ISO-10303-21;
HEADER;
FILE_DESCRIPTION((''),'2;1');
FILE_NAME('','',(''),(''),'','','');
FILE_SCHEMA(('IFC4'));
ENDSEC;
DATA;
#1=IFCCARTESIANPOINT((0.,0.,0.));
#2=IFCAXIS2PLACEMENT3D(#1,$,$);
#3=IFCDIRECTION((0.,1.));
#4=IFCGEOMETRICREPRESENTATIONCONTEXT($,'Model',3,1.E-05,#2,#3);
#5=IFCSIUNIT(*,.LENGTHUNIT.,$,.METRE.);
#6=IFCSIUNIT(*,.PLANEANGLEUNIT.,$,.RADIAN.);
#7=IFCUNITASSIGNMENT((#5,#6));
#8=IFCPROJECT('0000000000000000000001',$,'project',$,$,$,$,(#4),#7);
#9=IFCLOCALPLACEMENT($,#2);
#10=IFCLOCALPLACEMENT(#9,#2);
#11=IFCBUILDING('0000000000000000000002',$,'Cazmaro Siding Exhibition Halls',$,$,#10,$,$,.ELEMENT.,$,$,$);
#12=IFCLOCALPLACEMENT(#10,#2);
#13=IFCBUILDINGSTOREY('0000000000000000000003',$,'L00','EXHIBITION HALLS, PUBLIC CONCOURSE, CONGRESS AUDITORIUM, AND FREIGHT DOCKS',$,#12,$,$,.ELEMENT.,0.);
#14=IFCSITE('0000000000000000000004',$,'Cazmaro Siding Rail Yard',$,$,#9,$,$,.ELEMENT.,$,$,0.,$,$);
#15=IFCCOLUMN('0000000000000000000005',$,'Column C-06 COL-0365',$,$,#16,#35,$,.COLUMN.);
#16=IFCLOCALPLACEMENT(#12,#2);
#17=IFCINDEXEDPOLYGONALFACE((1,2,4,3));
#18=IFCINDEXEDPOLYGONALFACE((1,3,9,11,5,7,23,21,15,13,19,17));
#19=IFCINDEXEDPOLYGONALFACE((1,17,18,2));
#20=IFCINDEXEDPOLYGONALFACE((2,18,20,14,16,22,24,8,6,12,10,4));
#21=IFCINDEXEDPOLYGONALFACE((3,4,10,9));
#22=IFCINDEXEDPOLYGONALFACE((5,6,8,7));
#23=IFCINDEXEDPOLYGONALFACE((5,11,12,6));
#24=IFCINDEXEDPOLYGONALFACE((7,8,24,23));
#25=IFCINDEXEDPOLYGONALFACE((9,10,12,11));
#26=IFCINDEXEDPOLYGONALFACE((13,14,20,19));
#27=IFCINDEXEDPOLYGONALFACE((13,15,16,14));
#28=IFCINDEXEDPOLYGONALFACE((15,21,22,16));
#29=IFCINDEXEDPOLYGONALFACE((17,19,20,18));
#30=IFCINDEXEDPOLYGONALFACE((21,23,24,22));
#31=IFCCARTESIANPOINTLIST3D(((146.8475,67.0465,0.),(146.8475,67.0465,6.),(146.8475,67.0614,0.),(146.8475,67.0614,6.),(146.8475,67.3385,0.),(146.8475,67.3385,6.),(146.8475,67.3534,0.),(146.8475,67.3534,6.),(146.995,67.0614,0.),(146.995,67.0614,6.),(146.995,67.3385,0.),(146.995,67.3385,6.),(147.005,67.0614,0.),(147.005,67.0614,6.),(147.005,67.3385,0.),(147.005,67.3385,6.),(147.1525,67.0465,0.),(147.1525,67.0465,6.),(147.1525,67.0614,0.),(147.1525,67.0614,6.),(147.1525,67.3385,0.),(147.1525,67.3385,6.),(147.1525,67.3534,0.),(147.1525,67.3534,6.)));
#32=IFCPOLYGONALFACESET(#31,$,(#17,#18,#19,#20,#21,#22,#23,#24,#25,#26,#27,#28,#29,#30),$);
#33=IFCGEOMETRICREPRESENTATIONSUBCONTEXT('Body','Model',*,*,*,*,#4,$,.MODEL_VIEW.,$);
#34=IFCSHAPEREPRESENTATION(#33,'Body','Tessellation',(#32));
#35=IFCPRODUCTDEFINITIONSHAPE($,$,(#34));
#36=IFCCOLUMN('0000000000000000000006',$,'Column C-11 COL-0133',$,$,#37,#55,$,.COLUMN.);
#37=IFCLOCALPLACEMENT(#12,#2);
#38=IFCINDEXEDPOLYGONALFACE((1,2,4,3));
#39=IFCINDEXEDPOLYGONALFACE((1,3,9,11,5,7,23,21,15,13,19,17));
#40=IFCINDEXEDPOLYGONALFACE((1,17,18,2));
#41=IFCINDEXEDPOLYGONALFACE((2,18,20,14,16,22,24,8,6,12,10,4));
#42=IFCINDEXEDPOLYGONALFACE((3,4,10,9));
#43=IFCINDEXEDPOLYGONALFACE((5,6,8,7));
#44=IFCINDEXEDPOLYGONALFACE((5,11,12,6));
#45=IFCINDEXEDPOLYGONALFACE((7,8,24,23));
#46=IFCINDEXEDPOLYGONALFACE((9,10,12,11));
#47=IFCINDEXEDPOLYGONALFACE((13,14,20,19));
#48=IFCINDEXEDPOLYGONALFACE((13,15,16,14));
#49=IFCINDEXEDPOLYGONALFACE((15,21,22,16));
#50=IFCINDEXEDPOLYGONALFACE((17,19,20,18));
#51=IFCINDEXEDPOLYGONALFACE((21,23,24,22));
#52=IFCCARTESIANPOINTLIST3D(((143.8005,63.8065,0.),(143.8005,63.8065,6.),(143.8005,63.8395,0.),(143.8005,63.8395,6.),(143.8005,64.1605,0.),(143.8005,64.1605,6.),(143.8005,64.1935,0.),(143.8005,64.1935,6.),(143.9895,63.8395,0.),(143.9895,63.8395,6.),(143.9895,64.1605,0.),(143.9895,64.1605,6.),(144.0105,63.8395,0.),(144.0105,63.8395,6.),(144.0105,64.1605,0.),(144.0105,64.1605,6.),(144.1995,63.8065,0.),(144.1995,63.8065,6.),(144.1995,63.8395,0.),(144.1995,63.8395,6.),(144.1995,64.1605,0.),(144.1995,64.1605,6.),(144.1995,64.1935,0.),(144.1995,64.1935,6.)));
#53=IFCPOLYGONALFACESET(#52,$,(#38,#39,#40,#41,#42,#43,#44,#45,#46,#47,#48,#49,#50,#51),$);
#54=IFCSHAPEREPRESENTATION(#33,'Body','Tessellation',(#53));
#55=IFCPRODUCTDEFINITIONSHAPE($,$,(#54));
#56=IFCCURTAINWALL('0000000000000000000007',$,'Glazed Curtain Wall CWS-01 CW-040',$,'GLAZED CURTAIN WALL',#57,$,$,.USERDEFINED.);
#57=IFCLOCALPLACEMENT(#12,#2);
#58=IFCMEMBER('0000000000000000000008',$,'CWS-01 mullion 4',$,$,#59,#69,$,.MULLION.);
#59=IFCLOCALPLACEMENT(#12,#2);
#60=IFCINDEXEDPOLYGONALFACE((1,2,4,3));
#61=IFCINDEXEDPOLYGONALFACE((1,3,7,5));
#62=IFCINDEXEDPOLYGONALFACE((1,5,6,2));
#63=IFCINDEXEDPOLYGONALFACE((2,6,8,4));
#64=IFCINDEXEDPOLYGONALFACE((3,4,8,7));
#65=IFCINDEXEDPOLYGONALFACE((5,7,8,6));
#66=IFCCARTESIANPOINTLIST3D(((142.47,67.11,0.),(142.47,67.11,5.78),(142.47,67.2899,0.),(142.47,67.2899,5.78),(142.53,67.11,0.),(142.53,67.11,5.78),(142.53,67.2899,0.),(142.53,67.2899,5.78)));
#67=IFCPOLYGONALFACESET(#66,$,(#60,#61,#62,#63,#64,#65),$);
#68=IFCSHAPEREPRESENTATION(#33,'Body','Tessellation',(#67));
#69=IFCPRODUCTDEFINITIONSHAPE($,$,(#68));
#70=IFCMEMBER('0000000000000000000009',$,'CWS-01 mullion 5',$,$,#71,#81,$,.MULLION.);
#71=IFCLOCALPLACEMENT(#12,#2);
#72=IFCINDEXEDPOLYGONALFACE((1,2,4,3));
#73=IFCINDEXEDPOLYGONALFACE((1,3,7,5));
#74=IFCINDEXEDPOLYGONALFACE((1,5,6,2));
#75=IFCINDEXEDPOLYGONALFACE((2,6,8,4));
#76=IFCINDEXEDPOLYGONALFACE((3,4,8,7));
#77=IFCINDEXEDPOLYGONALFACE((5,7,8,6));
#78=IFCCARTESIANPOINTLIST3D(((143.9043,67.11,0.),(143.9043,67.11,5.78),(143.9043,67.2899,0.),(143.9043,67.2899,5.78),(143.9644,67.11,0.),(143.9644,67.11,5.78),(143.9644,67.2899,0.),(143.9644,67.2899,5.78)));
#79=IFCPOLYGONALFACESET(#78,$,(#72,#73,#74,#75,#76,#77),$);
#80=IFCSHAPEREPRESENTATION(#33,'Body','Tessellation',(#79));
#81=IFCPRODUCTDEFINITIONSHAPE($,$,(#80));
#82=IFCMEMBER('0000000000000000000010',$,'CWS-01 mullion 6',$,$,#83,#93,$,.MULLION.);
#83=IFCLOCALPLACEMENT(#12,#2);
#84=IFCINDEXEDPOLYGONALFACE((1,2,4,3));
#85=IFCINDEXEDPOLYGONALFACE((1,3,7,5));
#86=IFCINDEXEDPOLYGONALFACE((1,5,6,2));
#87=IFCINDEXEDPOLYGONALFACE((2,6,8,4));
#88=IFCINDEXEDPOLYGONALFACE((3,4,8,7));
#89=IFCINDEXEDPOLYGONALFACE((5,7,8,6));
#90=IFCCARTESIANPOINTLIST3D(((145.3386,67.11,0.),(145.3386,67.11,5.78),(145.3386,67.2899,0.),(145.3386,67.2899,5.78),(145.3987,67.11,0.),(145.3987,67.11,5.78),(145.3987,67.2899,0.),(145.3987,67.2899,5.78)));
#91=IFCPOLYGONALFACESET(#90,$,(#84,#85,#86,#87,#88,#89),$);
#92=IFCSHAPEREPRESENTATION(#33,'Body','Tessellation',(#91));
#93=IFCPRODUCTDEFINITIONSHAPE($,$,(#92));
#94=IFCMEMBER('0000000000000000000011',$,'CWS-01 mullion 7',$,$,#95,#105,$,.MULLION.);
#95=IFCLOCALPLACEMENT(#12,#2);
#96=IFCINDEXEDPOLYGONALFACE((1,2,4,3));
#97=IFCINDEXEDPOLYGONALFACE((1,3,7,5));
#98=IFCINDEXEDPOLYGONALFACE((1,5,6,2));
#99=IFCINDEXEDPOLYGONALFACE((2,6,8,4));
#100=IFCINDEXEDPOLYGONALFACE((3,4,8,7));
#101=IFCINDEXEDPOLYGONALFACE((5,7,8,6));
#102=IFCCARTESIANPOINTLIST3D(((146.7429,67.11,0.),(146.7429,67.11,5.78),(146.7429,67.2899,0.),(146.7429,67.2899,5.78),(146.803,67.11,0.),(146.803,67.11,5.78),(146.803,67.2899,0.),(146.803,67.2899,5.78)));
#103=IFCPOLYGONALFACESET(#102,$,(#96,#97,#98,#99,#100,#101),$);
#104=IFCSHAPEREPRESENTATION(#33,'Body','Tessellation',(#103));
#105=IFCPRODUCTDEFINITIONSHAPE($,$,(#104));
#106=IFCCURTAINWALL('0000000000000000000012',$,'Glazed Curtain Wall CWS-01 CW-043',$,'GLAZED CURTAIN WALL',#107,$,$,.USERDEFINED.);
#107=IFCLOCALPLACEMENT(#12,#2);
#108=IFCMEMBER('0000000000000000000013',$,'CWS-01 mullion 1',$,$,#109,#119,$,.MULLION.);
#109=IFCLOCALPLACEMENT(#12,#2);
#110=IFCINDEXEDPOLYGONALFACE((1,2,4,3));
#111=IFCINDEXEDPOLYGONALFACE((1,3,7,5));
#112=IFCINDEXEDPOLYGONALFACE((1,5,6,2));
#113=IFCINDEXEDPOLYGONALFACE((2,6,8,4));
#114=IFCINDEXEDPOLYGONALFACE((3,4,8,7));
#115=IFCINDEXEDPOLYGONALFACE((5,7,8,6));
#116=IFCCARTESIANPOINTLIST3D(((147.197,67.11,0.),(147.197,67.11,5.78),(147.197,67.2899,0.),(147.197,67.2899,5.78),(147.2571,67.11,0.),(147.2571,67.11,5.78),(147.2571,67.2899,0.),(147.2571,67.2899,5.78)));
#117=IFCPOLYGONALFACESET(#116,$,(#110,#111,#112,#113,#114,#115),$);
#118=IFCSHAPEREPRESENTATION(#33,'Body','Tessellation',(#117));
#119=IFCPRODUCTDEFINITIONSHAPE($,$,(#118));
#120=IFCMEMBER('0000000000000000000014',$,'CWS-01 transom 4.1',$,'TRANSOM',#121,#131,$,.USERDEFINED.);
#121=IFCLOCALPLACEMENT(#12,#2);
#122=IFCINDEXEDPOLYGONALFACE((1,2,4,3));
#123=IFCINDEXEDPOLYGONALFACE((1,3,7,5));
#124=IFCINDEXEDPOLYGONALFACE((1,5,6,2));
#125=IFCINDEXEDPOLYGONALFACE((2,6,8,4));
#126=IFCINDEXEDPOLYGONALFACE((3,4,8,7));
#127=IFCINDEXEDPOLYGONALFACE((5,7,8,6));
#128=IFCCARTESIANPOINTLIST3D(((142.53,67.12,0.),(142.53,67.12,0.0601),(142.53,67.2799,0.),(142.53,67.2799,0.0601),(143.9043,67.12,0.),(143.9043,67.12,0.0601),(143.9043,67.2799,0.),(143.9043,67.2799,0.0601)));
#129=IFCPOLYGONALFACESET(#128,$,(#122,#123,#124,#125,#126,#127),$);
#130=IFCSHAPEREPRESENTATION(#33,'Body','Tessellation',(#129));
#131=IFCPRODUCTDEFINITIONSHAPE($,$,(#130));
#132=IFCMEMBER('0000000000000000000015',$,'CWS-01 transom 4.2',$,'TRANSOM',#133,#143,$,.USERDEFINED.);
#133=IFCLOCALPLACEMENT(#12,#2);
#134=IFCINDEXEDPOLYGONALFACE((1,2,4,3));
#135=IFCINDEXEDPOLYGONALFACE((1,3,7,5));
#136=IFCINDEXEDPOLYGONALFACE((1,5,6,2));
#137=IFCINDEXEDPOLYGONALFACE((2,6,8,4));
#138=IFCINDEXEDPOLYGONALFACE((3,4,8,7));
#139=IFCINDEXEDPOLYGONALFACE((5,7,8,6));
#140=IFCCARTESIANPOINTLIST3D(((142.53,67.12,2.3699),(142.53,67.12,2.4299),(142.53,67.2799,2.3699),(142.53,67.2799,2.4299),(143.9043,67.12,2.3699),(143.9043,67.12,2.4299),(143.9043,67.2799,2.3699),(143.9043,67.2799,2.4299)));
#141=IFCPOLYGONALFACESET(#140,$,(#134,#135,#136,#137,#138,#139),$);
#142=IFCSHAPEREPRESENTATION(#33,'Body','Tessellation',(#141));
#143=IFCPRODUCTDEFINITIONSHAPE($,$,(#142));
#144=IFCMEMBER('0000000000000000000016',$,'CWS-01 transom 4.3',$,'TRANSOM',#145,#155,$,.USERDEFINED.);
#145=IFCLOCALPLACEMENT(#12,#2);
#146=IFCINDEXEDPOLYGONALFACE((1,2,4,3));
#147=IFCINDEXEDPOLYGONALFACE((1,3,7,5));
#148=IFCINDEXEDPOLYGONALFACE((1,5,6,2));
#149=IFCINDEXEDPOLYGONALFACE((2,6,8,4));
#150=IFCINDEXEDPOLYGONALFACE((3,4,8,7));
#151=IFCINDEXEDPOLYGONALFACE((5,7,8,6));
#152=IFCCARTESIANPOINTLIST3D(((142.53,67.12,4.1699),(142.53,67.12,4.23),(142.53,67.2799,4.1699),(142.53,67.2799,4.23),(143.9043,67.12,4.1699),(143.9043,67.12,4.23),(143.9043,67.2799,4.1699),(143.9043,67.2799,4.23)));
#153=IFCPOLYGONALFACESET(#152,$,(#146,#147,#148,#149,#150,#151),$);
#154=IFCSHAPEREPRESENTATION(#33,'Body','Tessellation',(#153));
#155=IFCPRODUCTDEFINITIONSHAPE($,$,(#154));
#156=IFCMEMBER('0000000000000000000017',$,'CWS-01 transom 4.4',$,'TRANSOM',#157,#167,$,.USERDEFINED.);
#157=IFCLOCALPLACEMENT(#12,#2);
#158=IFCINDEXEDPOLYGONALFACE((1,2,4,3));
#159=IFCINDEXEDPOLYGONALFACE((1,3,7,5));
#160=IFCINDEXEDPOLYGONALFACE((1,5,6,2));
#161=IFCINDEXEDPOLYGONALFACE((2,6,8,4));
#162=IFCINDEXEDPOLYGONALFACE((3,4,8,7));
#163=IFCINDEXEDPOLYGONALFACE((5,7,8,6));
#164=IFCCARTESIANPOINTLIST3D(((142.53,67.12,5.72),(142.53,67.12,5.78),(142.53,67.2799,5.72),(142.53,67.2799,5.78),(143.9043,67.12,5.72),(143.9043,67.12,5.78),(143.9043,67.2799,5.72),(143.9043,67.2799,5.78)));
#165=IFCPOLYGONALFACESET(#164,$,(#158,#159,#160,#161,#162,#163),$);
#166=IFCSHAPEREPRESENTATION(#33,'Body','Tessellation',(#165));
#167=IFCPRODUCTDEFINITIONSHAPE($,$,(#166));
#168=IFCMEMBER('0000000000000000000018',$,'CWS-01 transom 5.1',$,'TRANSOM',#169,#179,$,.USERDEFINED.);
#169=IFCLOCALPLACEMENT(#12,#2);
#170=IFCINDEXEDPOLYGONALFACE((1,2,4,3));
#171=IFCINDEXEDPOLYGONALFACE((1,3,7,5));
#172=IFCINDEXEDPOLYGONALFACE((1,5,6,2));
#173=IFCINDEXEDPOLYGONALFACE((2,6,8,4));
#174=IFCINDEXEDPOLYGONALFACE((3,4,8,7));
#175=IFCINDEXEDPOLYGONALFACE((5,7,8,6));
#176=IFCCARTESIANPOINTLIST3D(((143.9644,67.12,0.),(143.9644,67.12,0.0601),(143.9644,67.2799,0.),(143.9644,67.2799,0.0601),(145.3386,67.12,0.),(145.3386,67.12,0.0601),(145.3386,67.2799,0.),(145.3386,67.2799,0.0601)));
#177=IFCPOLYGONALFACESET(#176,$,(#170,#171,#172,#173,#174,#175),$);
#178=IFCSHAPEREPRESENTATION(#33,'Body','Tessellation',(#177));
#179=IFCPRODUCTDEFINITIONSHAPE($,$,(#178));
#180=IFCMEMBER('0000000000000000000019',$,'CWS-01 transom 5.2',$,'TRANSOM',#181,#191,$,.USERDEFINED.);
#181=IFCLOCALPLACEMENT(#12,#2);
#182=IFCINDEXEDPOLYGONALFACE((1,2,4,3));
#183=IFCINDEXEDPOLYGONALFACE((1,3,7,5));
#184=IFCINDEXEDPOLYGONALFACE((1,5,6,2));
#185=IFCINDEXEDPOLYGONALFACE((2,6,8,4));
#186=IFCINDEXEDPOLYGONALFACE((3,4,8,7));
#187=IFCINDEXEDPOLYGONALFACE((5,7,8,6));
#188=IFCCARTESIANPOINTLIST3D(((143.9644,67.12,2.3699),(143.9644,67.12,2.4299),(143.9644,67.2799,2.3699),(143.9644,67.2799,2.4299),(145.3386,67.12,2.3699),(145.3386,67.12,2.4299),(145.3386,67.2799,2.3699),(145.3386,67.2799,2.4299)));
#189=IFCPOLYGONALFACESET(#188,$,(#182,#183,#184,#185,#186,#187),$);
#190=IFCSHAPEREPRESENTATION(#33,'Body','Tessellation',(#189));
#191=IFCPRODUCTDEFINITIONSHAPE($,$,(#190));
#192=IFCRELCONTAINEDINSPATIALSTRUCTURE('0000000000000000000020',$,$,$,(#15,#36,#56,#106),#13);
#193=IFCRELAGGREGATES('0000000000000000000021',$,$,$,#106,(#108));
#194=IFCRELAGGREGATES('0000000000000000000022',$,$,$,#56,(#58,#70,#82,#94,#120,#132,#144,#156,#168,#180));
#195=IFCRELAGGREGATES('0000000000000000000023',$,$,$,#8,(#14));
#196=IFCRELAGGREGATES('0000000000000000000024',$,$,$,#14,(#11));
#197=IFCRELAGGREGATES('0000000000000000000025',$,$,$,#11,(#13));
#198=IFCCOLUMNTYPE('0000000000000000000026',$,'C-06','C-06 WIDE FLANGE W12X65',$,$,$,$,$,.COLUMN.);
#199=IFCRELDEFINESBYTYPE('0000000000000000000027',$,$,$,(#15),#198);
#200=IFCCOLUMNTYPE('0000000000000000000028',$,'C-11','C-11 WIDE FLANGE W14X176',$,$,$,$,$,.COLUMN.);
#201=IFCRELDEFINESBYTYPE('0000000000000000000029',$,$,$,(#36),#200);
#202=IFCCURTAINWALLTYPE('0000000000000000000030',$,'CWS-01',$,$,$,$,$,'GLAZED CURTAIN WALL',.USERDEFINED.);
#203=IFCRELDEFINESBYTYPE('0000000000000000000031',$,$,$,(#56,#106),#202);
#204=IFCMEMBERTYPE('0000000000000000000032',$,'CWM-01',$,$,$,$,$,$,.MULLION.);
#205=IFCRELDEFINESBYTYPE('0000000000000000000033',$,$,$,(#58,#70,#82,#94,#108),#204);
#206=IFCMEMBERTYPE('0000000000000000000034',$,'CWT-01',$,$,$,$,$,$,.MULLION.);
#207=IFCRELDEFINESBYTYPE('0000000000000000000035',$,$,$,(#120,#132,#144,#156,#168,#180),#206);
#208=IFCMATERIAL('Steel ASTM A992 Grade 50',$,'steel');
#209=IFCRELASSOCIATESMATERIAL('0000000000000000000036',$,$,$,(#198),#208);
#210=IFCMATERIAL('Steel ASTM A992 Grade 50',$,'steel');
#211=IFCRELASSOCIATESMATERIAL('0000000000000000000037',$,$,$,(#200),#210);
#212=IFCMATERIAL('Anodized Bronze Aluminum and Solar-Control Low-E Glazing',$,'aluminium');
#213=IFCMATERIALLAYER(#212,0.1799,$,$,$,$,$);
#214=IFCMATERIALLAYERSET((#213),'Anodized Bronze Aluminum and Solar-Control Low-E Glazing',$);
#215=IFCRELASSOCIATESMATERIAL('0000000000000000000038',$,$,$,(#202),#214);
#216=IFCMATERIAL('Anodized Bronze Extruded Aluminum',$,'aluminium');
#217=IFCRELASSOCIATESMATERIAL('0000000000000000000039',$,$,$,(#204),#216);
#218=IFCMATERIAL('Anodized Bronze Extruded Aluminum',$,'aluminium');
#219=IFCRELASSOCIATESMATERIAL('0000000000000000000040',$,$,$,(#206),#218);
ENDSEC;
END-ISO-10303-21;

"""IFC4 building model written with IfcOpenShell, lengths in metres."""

from ifc_helpers import new_model, si_unit, direction, frame, origin, origin_2d, place, context, subcontext, project, spatial, rectangle, i_section, extrude, material, layer, layer_set, material_profile, profile_set, type_object, element, aggregate, save


model = new_model("IFC4")

# Units and contexts
model_context = context("Model", 3, precision=1e-05, world=origin(), true_north=direction((0.0, 1.0)))
body_context = subcontext(model_context, "Body", "Model", "MODEL_VIEW")
ifc_project = project(units=[si_unit("LENGTHUNIT", "METRE"), si_unit("PLANEANGLEUNIT", "RADIAN")], contexts=[model_context])

# Site, building, storey
site_placement = place(None, origin())
site = spatial("IfcSite", under=ifc_project, at=site_placement, Name="Cazmaro Siding Rail Yard", CompositionType="ELEMENT", RefElevation=0.0)
building_placement = place(site_placement, origin())
building = spatial("IfcBuilding", under=site, at=building_placement, Name="Cazmaro Siding Exhibition Halls", CompositionType="ELEMENT")
storey_placement = place(building_placement, origin())
storey = spatial("IfcBuildingStorey", under=building, at=storey_placement, Name="L00", Description="EXHIBITION HALLS, PUBLIC CONCOURSE, CONGRESS AUDITORIUM, AND FREIGHT DOCKS", CompositionType="ELEMENT", Elevation=0.0)

# Columns
ifc_material_1 = material(Name="Steel ASTM A992 Grade 50", Category="steel")
ifc_material_profile_1 = material_profile(ifc_material_1, i_section(OverallWidth=0.3049, OverallDepth=0.3069, WebThickness=0.01, FlangeThickness=0.0149, at=origin_2d()), Name="W12X65")
ifc_profile_set_1 = profile_set([ifc_material_profile_1], Name="Steel ASTM A992 Grade 50")
column_type_1 = type_object("IfcColumnType", Name="C-06", Description="C-06 WIDE FLANGE W12X65", PredefinedType="COLUMN", material=ifc_profile_set_1)
column_1_placement = place(storey_placement, frame((147.0, 67.2, 0.0), z_axis=(0.0, 0.0, 1.0), x_axis=(1.0, 0.0, 0.0)))
element("IfcColumn", 1, at=column_1_placement, inside=storey, type_object=column_type_1, Name="Column C-06 COL-0365", PredefinedType="COLUMN", context=body_context, shape_type="SweptSolid", body=[
    extrude(i_section(OverallWidth=0.3049, OverallDepth=0.3069, WebThickness=0.01, FlangeThickness=0.0149, at=origin_2d()), origin(), (0.0, 0.0, 1.0), 6.0),
])
ifc_material_2 = material(Name="Steel ASTM A992 Grade 50", Category="steel")
ifc_material_profile_2 = material_profile(ifc_material_2, i_section(OverallWidth=0.3989, OverallDepth=0.387, WebThickness=0.021, FlangeThickness=0.033, at=origin_2d()), Name="W14X176")
ifc_profile_set_2 = profile_set([ifc_material_profile_2], Name="Steel ASTM A992 Grade 50")
column_type_2 = type_object("IfcColumnType", Name="C-11", Description="C-11 WIDE FLANGE W14X176", PredefinedType="COLUMN", material=ifc_profile_set_2)
column_2_placement = place(storey_placement, frame((144.0, 64.0, 0.0), z_axis=(0.0, 0.0, 1.0), x_axis=(1.0, 0.0, 0.0)))
element("IfcColumn", 2, at=column_2_placement, inside=storey, type_object=column_type_2, Name="Column C-11 COL-0133", PredefinedType="COLUMN", context=body_context, shape_type="SweptSolid", body=[
    extrude(i_section(OverallWidth=0.3989, OverallDepth=0.387, WebThickness=0.021, FlangeThickness=0.033, at=origin_2d()), origin(), (0.0, 0.0, 1.0), 6.0),
])

# Curtain wall, members
ifc_material_3 = material(Name="Anodized Bronze Aluminum and Solar-Control Low-E Glazing", Category="aluminium")
ifc_layer_1 = layer(ifc_material_3, 0.1799)
ifc_layer_set_1 = layer_set([ifc_layer_1], Name="Anodized Bronze Aluminum and Solar-Control Low-E Glazing")
curtain_wall_type = type_object("IfcCurtainWallType", Name="CWS-01", ElementType="GLAZED CURTAIN WALL", PredefinedType="USERDEFINED", material=ifc_layer_set_1)
curtain_wall_1_placement = place(storey_placement, origin())
curtain_wall_1 = element("IfcCurtainWall", 3, at=curtain_wall_1_placement, inside=storey, type_object=curtain_wall_type, Name="Glazed Curtain Wall CWS-01 CW-040", ObjectType="GLAZED CURTAIN WALL", PredefinedType="USERDEFINED")
ifc_material_4 = material(Name="Anodized Bronze Extruded Aluminum", Category="aluminium")
ifc_material_profile_3 = material_profile(ifc_material_4, rectangle(XDim=0.1799, YDim=0.0601, at=origin_2d()), Name="CWM-01")
ifc_profile_set_3 = profile_set([ifc_material_profile_3], Name="Anodized Bronze Extruded Aluminum")
member_type_1 = type_object("IfcMemberType", Name="CWM-01", PredefinedType="MULLION", material=ifc_profile_set_3)
member_1_placement = place(storey_placement, frame((142.5, 67.2, 0.0), z_axis=(0.0, 0.0, 1.0), x_axis=(0.0, 1.0, 0.0)))
member_1 = element("IfcMember", 4, at=member_1_placement, type_object=member_type_1, Name="CWS-01 mullion 4", PredefinedType="MULLION", context=body_context, shape_type="SweptSolid", body=[
    extrude(rectangle(XDim=0.1799, YDim=0.0601, at=origin_2d()), origin(), (0.0, 0.0, 1.0), 5.78),
])
member_2_placement = place(storey_placement, frame((143.9343, 67.2, 0.0), z_axis=(0.0, 0.0, 1.0), x_axis=(0.0, 1.0, 0.0)))
member_2 = element("IfcMember", 5, at=member_2_placement, type_object=member_type_1, Name="CWS-01 mullion 5", PredefinedType="MULLION", context=body_context, shape_type="SweptSolid", body=[
    extrude(rectangle(XDim=0.1799, YDim=0.0601, at=origin_2d()), origin(), (0.0, 0.0, 1.0), 5.78),
])
member_3_placement = place(storey_placement, frame((145.3687, 67.2, 0.0), z_axis=(0.0, 0.0, 1.0), x_axis=(0.0, 1.0, 0.0)))
member_3 = element("IfcMember", 6, at=member_3_placement, type_object=member_type_1, Name="CWS-01 mullion 6", PredefinedType="MULLION", context=body_context, shape_type="SweptSolid", body=[
    extrude(rectangle(XDim=0.1799, YDim=0.0601, at=origin_2d()), origin(), (0.0, 0.0, 1.0), 5.78),
])
member_4_placement = place(storey_placement, frame((146.7729, 67.2, 0.0), z_axis=(0.0, 0.0, 1.0), x_axis=(0.0, 1.0, 0.0)))
member_4 = element("IfcMember", 7, at=member_4_placement, type_object=member_type_1, Name="CWS-01 mullion 7", PredefinedType="MULLION", context=body_context, shape_type="SweptSolid", body=[
    extrude(rectangle(XDim=0.1799, YDim=0.0601, at=origin_2d()), origin(), (0.0, 0.0, 1.0), 5.78),
])

# Curtain wall, member
curtain_wall_2_placement = place(storey_placement, origin())
curtain_wall_2 = element("IfcCurtainWall", 8, at=curtain_wall_2_placement, inside=storey, type_object=curtain_wall_type, Name="Glazed Curtain Wall CWS-01 CW-043", ObjectType="GLAZED CURTAIN WALL", PredefinedType="USERDEFINED")
member_5_placement = place(storey_placement, frame((147.2271, 67.2, 0.0), z_axis=(0.0, 0.0, 1.0), x_axis=(0.0, 1.0, 0.0)))
member_5 = element("IfcMember", 9, at=member_5_placement, type_object=member_type_1, Name="CWS-01 mullion 1", PredefinedType="MULLION", context=body_context, shape_type="SweptSolid", body=[
    extrude(rectangle(XDim=0.1799, YDim=0.0601, at=origin_2d()), origin(), (0.0, 0.0, 1.0), 5.78),
])

# Members
ifc_material_5 = material(Name="Anodized Bronze Extruded Aluminum", Category="aluminium")
ifc_material_profile_4 = material_profile(ifc_material_5, rectangle(XDim=0.1599, YDim=0.0601, at=origin_2d()), Name="CWT-01")
ifc_profile_set_4 = profile_set([ifc_material_profile_4], Name="Anodized Bronze Extruded Aluminum")
member_type_2 = type_object("IfcMemberType", Name="CWT-01", PredefinedType="MULLION", material=ifc_profile_set_4)
member_6_placement = place(storey_placement, frame((142.53, 67.2, 0.03), z_axis=(1.0, 0.0, 0.0), x_axis=(0.0, 1.0, 0.0)))
member_6 = element("IfcMember", 10, at=member_6_placement, type_object=member_type_2, Name="CWS-01 transom 4.1", ObjectType="TRANSOM", PredefinedType="USERDEFINED", context=body_context, shape_type="SweptSolid", body=[
    extrude(rectangle(XDim=0.1599, YDim=0.0601, at=origin_2d()), origin(), (0.0, 0.0, 1.0), 1.3743),
])
member_7_placement = place(storey_placement, frame((142.53, 67.2, 2.3999), z_axis=(1.0, 0.0, 0.0), x_axis=(0.0, 1.0, 0.0)))
member_7 = element("IfcMember", 11, at=member_7_placement, type_object=member_type_2, Name="CWS-01 transom 4.2", ObjectType="TRANSOM", PredefinedType="USERDEFINED", context=body_context, shape_type="SweptSolid", body=[
    extrude(rectangle(XDim=0.1599, YDim=0.0601, at=origin_2d()), origin(), (0.0, 0.0, 1.0), 1.3743),
])
member_8_placement = place(storey_placement, frame((142.53, 67.2, 4.2), z_axis=(1.0, 0.0, 0.0), x_axis=(0.0, 1.0, 0.0)))
member_8 = element("IfcMember", 12, at=member_8_placement, type_object=member_type_2, Name="CWS-01 transom 4.3", ObjectType="TRANSOM", PredefinedType="USERDEFINED", context=body_context, shape_type="SweptSolid", body=[
    extrude(rectangle(XDim=0.1599, YDim=0.0601, at=origin_2d()), origin(), (0.0, 0.0, 1.0), 1.3743),
])
member_9_placement = place(storey_placement, frame((142.53, 67.2, 5.75), z_axis=(1.0, 0.0, 0.0), x_axis=(0.0, 1.0, 0.0)))
member_9 = element("IfcMember", 13, at=member_9_placement, type_object=member_type_2, Name="CWS-01 transom 4.4", ObjectType="TRANSOM", PredefinedType="USERDEFINED", context=body_context, shape_type="SweptSolid", body=[
    extrude(rectangle(XDim=0.1599, YDim=0.0601, at=origin_2d()), origin(), (0.0, 0.0, 1.0), 1.3743),
])
member_10_placement = place(storey_placement, frame((143.9644, 67.2, 0.03), z_axis=(1.0, 0.0, 0.0), x_axis=(0.0, 1.0, 0.0)))
member_10 = element("IfcMember", 14, at=member_10_placement, type_object=member_type_2, Name="CWS-01 transom 5.1", ObjectType="TRANSOM", PredefinedType="USERDEFINED", context=body_context, shape_type="SweptSolid", body=[
    extrude(rectangle(XDim=0.1599, YDim=0.0601, at=origin_2d()), origin(), (0.0, 0.0, 1.0), 1.3743),
])
member_11_placement = place(storey_placement, frame((143.9644, 67.2, 2.3999), z_axis=(1.0, 0.0, 0.0), x_axis=(0.0, 1.0, 0.0)))
member_11 = element("IfcMember", 15, at=member_11_placement, type_object=member_type_2, Name="CWS-01 transom 5.2", ObjectType="TRANSOM", PredefinedType="USERDEFINED", context=body_context, shape_type="SweptSolid", body=[
    extrude(rectangle(XDim=0.1599, YDim=0.0601, at=origin_2d()), origin(), (0.0, 0.0, 1.0), 1.3743),
])
aggregate(curtain_wall_2, [member_5])

aggregate(curtain_wall_1, [member_1, member_2, member_3, member_4, member_6, member_7, member_8, member_9, member_10, member_11])

save(model, "model.ifc")
